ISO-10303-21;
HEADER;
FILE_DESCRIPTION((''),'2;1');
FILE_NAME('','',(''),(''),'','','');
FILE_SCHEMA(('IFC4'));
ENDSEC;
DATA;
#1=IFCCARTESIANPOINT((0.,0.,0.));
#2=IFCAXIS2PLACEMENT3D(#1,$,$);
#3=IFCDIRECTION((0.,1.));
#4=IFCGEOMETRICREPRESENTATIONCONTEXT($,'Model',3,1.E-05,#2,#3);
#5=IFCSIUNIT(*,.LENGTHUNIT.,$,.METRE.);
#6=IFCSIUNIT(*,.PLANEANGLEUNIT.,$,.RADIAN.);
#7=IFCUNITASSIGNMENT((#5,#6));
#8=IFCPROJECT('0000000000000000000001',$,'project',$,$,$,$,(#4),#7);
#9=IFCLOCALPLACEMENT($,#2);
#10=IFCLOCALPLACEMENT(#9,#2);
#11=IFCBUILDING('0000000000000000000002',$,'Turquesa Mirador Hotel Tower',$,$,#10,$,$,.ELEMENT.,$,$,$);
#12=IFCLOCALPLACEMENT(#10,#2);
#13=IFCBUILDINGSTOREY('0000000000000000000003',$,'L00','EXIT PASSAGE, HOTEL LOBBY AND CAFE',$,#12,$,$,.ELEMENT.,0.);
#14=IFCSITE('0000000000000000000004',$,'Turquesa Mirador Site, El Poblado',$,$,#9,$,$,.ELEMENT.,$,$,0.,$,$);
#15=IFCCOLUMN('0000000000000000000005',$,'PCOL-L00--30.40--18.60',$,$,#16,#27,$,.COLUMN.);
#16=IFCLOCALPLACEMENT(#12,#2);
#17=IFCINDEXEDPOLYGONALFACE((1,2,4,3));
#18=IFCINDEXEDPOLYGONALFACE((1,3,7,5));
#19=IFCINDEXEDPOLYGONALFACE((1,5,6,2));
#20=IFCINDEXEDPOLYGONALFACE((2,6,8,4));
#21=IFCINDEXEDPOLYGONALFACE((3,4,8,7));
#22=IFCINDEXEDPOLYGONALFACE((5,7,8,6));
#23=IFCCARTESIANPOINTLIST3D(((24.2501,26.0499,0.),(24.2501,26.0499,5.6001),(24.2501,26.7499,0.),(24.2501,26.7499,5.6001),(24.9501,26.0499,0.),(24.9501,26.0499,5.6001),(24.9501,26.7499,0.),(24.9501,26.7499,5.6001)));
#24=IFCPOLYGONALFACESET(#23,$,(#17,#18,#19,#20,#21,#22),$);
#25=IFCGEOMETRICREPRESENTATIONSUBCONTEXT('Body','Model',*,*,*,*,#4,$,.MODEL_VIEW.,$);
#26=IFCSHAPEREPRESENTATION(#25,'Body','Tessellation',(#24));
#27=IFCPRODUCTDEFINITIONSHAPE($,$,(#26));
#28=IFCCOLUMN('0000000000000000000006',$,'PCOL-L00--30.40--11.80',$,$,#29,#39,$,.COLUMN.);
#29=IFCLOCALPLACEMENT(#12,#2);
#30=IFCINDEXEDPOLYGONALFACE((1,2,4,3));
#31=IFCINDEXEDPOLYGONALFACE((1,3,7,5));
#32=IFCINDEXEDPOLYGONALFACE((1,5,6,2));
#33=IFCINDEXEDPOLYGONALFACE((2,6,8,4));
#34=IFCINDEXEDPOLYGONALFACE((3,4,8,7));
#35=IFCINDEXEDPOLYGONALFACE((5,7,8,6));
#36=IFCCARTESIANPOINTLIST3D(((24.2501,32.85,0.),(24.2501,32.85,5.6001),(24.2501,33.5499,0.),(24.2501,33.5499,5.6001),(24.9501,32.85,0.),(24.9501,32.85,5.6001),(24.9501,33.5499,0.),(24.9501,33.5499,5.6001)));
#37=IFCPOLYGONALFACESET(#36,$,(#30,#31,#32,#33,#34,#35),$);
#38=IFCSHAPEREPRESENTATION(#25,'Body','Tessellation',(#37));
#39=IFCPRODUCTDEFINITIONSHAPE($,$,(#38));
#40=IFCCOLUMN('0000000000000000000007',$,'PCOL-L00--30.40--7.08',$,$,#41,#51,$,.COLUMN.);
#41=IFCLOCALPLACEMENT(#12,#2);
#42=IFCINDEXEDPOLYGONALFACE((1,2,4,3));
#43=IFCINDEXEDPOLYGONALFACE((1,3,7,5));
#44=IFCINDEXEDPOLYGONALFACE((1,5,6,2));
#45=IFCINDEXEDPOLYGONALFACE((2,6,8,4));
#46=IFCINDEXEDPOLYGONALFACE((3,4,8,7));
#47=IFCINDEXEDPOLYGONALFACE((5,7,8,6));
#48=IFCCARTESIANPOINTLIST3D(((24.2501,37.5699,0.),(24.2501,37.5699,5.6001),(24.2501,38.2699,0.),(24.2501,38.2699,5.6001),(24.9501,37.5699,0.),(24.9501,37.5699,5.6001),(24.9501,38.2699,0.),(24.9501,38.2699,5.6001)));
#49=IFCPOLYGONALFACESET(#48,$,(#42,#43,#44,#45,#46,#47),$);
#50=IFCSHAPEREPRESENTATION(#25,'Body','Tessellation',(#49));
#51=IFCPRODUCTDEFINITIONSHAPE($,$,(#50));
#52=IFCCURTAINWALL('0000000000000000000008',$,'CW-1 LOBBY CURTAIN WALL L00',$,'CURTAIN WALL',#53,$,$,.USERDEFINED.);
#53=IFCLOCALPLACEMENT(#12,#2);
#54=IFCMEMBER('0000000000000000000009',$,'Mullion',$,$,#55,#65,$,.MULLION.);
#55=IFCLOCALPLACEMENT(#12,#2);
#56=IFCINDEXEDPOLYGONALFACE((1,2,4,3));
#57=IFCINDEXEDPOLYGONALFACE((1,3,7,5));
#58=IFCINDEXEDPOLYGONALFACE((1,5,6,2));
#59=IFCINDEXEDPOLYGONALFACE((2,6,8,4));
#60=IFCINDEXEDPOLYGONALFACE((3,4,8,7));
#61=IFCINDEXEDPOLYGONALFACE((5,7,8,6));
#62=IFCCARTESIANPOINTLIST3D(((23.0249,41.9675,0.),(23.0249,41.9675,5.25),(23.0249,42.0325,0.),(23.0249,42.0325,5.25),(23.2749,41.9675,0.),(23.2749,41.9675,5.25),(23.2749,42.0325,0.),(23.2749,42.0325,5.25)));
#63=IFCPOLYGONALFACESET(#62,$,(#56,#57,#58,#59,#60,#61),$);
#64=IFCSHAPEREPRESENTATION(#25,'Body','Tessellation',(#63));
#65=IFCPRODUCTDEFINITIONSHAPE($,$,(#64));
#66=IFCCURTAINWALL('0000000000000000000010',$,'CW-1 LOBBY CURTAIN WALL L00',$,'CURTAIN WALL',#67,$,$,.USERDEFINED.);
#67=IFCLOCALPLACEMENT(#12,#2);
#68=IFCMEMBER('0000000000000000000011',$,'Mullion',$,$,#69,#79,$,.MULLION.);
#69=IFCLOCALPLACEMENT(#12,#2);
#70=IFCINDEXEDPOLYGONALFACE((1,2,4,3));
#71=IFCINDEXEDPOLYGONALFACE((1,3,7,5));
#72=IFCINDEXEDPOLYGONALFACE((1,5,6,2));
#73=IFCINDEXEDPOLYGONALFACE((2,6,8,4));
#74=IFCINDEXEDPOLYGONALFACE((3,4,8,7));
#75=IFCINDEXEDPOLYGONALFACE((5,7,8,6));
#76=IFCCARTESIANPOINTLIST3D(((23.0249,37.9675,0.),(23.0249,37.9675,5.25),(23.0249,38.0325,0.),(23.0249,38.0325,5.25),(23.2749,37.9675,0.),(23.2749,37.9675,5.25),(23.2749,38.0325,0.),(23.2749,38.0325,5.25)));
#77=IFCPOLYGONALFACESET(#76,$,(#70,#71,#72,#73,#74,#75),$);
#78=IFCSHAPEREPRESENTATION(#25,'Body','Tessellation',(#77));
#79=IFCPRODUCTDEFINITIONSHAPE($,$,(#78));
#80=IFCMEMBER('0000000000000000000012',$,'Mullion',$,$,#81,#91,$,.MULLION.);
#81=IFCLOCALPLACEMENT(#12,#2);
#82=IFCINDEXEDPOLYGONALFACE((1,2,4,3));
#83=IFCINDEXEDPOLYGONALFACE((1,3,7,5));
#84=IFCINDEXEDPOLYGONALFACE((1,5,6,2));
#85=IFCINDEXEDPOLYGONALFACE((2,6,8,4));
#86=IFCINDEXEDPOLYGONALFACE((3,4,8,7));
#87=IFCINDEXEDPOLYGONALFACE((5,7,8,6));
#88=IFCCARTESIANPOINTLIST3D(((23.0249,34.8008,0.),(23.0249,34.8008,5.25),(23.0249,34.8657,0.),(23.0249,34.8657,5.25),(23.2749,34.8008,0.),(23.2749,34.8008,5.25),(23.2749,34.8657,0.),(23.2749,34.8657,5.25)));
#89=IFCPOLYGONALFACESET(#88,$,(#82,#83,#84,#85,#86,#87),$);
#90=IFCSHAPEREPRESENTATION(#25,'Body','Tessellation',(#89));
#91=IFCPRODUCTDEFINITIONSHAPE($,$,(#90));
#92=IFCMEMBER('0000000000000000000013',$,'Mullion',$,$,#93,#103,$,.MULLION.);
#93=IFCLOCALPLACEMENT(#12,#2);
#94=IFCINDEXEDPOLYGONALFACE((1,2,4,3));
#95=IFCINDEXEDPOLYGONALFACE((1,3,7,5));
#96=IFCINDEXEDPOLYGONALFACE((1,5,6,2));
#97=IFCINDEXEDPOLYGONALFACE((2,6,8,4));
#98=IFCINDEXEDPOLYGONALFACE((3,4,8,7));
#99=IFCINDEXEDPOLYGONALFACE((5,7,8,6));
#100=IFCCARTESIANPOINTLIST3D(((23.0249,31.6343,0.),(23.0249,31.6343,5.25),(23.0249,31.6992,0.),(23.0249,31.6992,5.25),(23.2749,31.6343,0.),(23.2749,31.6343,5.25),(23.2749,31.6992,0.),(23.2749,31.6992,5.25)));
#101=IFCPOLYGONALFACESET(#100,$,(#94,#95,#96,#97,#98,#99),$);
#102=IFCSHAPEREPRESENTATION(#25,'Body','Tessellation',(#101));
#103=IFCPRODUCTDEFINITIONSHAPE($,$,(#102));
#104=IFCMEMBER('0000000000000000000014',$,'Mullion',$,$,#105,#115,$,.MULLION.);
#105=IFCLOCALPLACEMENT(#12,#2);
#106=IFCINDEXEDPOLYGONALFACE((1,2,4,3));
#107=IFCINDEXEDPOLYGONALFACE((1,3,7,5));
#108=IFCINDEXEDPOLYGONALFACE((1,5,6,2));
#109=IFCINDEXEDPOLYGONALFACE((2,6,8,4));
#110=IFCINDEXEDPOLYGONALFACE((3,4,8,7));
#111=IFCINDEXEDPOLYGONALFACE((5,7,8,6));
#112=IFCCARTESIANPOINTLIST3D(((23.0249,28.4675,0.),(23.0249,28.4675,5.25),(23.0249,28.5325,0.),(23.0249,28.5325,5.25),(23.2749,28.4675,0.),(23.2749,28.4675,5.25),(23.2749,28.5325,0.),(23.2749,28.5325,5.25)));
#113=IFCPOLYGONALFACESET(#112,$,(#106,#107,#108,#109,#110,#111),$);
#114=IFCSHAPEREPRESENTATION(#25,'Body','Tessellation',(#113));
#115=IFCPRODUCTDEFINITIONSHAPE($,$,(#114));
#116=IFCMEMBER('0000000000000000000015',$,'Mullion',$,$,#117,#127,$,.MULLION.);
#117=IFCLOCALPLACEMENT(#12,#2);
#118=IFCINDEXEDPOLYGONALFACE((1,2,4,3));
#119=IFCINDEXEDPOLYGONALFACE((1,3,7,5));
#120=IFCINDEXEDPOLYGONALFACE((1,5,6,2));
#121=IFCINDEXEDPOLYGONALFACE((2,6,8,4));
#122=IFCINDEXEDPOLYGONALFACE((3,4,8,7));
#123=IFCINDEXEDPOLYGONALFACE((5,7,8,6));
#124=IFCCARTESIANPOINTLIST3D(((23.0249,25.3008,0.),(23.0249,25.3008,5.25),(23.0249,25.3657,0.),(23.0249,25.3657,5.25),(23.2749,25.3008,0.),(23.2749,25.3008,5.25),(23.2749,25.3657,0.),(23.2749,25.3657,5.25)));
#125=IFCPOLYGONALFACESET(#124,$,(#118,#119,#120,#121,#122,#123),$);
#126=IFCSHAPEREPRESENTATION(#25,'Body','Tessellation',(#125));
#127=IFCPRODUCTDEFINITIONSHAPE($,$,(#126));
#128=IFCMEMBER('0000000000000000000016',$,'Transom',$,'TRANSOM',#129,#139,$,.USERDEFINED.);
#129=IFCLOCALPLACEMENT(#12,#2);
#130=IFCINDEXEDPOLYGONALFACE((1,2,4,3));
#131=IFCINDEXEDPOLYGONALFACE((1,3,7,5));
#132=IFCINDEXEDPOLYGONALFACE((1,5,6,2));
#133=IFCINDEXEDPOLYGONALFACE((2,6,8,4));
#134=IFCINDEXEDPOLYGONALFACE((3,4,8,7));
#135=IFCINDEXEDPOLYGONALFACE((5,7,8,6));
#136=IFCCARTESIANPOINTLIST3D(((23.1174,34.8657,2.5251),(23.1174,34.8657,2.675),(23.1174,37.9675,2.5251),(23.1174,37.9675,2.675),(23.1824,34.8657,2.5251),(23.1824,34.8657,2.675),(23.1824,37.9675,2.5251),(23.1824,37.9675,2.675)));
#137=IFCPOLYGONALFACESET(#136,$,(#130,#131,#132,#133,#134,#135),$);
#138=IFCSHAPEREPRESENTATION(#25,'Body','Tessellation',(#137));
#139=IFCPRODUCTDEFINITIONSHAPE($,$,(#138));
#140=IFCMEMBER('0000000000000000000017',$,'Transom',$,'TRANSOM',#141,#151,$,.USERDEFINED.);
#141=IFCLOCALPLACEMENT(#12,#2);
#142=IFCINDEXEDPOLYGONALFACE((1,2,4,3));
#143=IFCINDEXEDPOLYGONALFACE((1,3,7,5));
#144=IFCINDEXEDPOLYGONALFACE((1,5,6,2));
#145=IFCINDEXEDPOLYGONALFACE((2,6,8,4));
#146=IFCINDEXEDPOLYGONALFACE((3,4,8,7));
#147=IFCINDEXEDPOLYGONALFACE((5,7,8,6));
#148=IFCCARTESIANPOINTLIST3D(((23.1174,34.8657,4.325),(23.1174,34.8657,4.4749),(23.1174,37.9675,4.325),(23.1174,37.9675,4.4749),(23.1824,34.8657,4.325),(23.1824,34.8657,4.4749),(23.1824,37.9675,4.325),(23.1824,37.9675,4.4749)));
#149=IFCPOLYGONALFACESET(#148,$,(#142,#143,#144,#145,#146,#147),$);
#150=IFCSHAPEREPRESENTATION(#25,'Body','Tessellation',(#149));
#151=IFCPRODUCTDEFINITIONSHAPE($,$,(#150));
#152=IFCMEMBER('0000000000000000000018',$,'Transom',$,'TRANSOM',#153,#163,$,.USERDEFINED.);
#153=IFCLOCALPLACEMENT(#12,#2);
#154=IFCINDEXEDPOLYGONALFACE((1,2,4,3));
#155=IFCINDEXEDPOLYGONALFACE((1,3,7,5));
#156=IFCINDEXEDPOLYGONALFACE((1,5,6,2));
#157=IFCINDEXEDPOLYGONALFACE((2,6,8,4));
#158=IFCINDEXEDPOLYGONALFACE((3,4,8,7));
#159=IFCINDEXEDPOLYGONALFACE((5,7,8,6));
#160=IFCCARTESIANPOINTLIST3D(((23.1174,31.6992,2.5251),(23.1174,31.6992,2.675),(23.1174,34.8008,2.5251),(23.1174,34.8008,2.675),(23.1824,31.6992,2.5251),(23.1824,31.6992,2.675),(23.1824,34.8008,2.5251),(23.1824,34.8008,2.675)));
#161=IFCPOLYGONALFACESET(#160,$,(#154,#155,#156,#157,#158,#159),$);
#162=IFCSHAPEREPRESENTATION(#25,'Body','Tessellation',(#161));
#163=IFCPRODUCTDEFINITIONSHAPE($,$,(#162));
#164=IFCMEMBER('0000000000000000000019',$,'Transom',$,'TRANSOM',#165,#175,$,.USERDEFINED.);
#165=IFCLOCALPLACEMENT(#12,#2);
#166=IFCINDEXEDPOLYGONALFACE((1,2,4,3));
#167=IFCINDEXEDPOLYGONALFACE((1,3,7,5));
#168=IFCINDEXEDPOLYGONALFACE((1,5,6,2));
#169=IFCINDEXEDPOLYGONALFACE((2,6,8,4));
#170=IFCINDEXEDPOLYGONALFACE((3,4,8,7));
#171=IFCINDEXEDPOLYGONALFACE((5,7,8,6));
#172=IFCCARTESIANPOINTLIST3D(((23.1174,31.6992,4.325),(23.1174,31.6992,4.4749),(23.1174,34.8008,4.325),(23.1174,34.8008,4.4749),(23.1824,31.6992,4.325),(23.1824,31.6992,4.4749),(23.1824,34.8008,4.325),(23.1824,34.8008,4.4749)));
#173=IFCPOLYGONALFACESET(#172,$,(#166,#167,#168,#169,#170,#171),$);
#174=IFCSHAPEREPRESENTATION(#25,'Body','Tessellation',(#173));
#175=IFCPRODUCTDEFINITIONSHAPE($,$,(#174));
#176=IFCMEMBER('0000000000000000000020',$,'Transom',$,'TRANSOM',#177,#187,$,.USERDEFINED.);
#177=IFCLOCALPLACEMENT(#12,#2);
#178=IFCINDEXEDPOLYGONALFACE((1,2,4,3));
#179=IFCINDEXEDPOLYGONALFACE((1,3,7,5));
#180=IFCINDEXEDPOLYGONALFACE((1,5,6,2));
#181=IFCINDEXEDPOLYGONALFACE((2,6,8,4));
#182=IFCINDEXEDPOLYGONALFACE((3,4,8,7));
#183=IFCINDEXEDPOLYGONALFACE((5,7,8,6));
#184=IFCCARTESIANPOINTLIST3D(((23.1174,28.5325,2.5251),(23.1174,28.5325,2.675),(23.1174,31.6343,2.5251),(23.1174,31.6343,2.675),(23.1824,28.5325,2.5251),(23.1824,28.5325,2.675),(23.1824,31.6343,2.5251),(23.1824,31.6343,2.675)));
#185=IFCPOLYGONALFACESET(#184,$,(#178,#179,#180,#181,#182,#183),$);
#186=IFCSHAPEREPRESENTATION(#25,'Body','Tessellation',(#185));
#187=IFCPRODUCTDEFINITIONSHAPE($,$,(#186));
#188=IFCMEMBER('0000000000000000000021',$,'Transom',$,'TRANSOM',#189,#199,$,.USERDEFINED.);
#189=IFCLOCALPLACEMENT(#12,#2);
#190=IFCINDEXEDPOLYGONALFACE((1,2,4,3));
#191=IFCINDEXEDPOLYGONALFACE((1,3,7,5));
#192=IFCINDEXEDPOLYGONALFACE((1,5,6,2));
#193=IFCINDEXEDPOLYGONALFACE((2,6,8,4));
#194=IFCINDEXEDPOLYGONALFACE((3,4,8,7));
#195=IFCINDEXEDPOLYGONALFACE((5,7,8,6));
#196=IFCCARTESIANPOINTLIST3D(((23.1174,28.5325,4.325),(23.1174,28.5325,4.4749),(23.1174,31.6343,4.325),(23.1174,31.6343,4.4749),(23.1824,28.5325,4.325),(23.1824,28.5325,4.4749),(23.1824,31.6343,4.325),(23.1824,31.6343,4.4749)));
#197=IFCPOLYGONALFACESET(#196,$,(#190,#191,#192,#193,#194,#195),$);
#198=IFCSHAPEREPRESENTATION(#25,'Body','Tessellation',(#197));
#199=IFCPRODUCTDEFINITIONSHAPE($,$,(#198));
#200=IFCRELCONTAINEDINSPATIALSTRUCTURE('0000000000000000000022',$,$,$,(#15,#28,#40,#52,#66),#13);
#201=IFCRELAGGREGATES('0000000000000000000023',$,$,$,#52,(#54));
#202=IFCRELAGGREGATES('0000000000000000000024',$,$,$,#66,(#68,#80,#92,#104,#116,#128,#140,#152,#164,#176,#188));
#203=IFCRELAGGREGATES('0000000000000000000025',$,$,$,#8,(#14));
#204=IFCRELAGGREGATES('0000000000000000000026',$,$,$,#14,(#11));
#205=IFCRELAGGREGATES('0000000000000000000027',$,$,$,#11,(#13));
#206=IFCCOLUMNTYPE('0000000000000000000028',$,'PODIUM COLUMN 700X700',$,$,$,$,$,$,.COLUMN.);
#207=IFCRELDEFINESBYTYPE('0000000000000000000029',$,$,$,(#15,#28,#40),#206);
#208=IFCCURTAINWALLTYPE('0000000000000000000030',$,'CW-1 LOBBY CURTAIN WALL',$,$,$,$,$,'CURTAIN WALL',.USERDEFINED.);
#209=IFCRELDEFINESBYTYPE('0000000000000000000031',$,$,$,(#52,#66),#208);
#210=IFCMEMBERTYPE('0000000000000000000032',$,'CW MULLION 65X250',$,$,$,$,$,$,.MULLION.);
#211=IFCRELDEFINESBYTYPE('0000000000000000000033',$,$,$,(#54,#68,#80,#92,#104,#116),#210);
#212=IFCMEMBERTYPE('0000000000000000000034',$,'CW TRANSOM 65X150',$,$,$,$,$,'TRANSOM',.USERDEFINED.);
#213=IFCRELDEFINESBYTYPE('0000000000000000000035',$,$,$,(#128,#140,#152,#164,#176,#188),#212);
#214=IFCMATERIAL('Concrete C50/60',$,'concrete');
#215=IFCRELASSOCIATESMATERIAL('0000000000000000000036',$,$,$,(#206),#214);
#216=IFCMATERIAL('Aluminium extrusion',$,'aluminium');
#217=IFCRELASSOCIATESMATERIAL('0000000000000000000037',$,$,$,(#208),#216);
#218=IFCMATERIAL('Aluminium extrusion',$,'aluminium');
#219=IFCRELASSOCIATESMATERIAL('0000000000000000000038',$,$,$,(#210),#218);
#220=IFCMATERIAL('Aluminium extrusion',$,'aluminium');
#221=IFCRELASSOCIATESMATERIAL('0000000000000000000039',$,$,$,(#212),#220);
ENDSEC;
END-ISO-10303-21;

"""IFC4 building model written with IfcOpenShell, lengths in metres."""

from ifc_helpers import new_model, si_unit, direction, frame, origin, origin_2d, place, context, subcontext, project, spatial, rectangle, extrude, material, material_profile, profile_set, type_object, element, aggregate, save


model = new_model("IFC4")

# Units and contexts
model_context = context("Model", 3, precision=1e-05, world=origin(), true_north=direction((0.0, 1.0)))
body_context = subcontext(model_context, "Body", "Model", "MODEL_VIEW")
ifc_project = project(units=[si_unit("LENGTHUNIT", "METRE"), si_unit("PLANEANGLEUNIT", "RADIAN")], contexts=[model_context])

# Site, building, storey
site_placement = place(None, origin())
site = spatial("IfcSite", under=ifc_project, at=site_placement, Name="Turquesa Mirador Site, El Poblado", CompositionType="ELEMENT", RefElevation=0.0)
building_placement = place(site_placement, origin())
building = spatial("IfcBuilding", under=site, at=building_placement, Name="Turquesa Mirador Hotel Tower", CompositionType="ELEMENT")
storey_placement = place(building_placement, origin())
storey = spatial("IfcBuildingStorey", under=building, at=storey_placement, Name="L00", Description="EXIT PASSAGE, HOTEL LOBBY AND CAFE", CompositionType="ELEMENT", Elevation=0.0)

# Columns
ifc_material_1 = material(Name="Concrete C50/60", Category="concrete")
ifc_material_profile_1 = material_profile(ifc_material_1, rectangle(XDim=0.7, YDim=0.7, at=origin_2d()), Name="RC 700X700")
ifc_profile_set_1 = profile_set([ifc_material_profile_1], Name="Concrete C50/60")
column_type = type_object("IfcColumnType", Name="PODIUM COLUMN 700X700", PredefinedType="COLUMN", material=ifc_profile_set_1)
for number, where, z_axis, x_axis, name in (
    (1, (24.6001, 26.3999, 0.0), (0.0, 0.0, 1.0), (1.0, 0.0, 0.0), "PCOL-L00--30.40--18.60"),
    (2, (24.6001, 33.2, 0.0), (0.0, 0.0, 1.0), (1.0, 0.0, 0.0), "PCOL-L00--30.40--11.80"),
    (3, (24.6001, 37.9199, 0.0), (0.0, 0.0, 1.0), (1.0, 0.0, 0.0), "PCOL-L00--30.40--7.08"),
):
    element("IfcColumn", number, at=place(storey_placement, frame(where, z_axis=z_axis, x_axis=x_axis)), inside=storey, type_object=column_type, Name=name, PredefinedType="COLUMN", context=body_context, shape_type="SweptSolid", body=[
        extrude(rectangle(XDim=0.7, YDim=0.7, at=origin_2d()), origin(), (0.0, 0.0, 1.0), 5.6001),
    ])

# Curtain wall, member
ifc_material_2 = material(Name="Aluminium extrusion", Category="aluminium")
curtain_wall_type = type_object("IfcCurtainWallType", Name="CW-1 LOBBY CURTAIN WALL", ElementType="CURTAIN WALL", PredefinedType="USERDEFINED", material=ifc_material_2)
curtain_wall_1_placement = place(storey_placement, origin())
curtain_wall_1 = element("IfcCurtainWall", 4, at=curtain_wall_1_placement, inside=storey, type_object=curtain_wall_type, Name="CW-1 LOBBY CURTAIN WALL L00", ObjectType="CURTAIN WALL", PredefinedType="USERDEFINED")
ifc_material_3 = material(Name="Aluminium extrusion", Category="aluminium")
ifc_material_profile_2 = material_profile(ifc_material_3, rectangle(XDim=0.0649, YDim=0.25, at=origin_2d()), Name="MULLION 65X250")
ifc_profile_set_2 = profile_set([ifc_material_profile_2], Name="Aluminium extrusion")
member_type_1 = type_object("IfcMemberType", Name="CW MULLION 65X250", PredefinedType="MULLION", material=ifc_profile_set_2)
member_1_placement = place(storey_placement, frame((23.1499, 42.0, 0.0), z_axis=(0.0, 0.0, 1.0), x_axis=(0.0, -1.0, 0.0)))
member_1 = element("IfcMember", 5, at=member_1_placement, type_object=member_type_1, Name="Mullion", PredefinedType="MULLION", context=body_context, shape_type="SweptSolid", body=[
    extrude(rectangle(XDim=0.0649, YDim=0.25, at=origin_2d()), origin(), (0.0, 0.0, 1.0), 5.25),
])

# Curtain wall, members
curtain_wall_2_placement = place(storey_placement, origin())
curtain_wall_2 = element("IfcCurtainWall", 6, at=curtain_wall_2_placement, inside=storey, type_object=curtain_wall_type, Name="CW-1 LOBBY CURTAIN WALL L00", ObjectType="CURTAIN WALL", PredefinedType="USERDEFINED")
member_2_placement = place(storey_placement, frame((23.1499, 38.0, 0.0), z_axis=(0.0, 0.0, 1.0), x_axis=(0.0, -1.0, 0.0)))
member_2 = element("IfcMember", 7, at=member_2_placement, type_object=member_type_1, Name="Mullion", PredefinedType="MULLION", context=body_context, shape_type="SweptSolid", body=[
    extrude(rectangle(XDim=0.0649, YDim=0.25, at=origin_2d()), origin(), (0.0, 0.0, 1.0), 5.25),
])
member_3_placement = place(storey_placement, frame((23.1499, 34.8333, 0.0), z_axis=(0.0, 0.0, 1.0), x_axis=(0.0, -1.0, 0.0)))
member_3 = element("IfcMember", 8, at=member_3_placement, type_object=member_type_1, Name="Mullion", PredefinedType="MULLION", context=body_context, shape_type="SweptSolid", body=[
    extrude(rectangle(XDim=0.0649, YDim=0.25, at=origin_2d()), origin(), (0.0, 0.0, 1.0), 5.25),
])
member_4_placement = place(storey_placement, frame((23.1499, 31.6667, 0.0), z_axis=(0.0, 0.0, 1.0), x_axis=(0.0, -1.0, 0.0)))
member_4 = element("IfcMember", 9, at=member_4_placement, type_object=member_type_1, Name="Mullion", PredefinedType="MULLION", context=body_context, shape_type="SweptSolid", body=[
    extrude(rectangle(XDim=0.0649, YDim=0.25, at=origin_2d()), origin(), (0.0, 0.0, 1.0), 5.25),
])
member_5_placement = place(storey_placement, frame((23.1499, 28.5, 0.0), z_axis=(0.0, 0.0, 1.0), x_axis=(0.0, -1.0, 0.0)))
member_5 = element("IfcMember", 10, at=member_5_placement, type_object=member_type_1, Name="Mullion", PredefinedType="MULLION", context=body_context, shape_type="SweptSolid", body=[
    extrude(rectangle(XDim=0.0649, YDim=0.25, at=origin_2d()), origin(), (0.0, 0.0, 1.0), 5.25),
])
member_6_placement = place(storey_placement, frame((23.1499, 25.3333, 0.0), z_axis=(0.0, 0.0, 1.0), x_axis=(0.0, -1.0, 0.0)))
member_6 = element("IfcMember", 11, at=member_6_placement, type_object=member_type_1, Name="Mullion", PredefinedType="MULLION", context=body_context, shape_type="SweptSolid", body=[
    extrude(rectangle(XDim=0.0649, YDim=0.25, at=origin_2d()), origin(), (0.0, 0.0, 1.0), 5.25),
])
ifc_material_4 = material(Name="Aluminium extrusion", Category="aluminium")
ifc_material_profile_3 = material_profile(ifc_material_4, rectangle(XDim=0.0649, YDim=0.1499, at=origin_2d()), Name="TRANSOM 65X150")
ifc_profile_set_3 = profile_set([ifc_material_profile_3], Name="Aluminium extrusion")
member_type_2 = type_object("IfcMemberType", Name="CW TRANSOM 65X150", ElementType="TRANSOM", PredefinedType="USERDEFINED", material=ifc_profile_set_3)
member_7_placement = place(storey_placement, frame((23.1499, 37.9675, 2.6001), z_axis=(0.0, -1.0, 0.0), x_axis=(1.0, 0.0, 0.0)))
member_7 = element("IfcMember", 12, at=member_7_placement, type_object=member_type_2, Name="Transom", ObjectType="TRANSOM", PredefinedType="USERDEFINED", context=body_context, shape_type="SweptSolid", body=[
    extrude(rectangle(XDim=0.0649, YDim=0.1499, at=origin_2d()), origin(), (0.0, 0.0, 1.0), 3.1018),
])
member_8_placement = place(storey_placement, frame((23.1499, 37.9675, 4.3999), z_axis=(0.0, -1.0, 0.0), x_axis=(1.0, 0.0, 0.0)))
member_8 = element("IfcMember", 13, at=member_8_placement, type_object=member_type_2, Name="Transom", ObjectType="TRANSOM", PredefinedType="USERDEFINED", context=body_context, shape_type="SweptSolid", body=[
    extrude(rectangle(XDim=0.0649, YDim=0.1499, at=origin_2d()), origin(), (0.0, 0.0, 1.0), 3.1018),
])
member_9_placement = place(storey_placement, frame((23.1499, 34.8008, 2.6001), z_axis=(0.0, -1.0, 0.0), x_axis=(1.0, 0.0, 0.0)))
member_9 = element("IfcMember", 14, at=member_9_placement, type_object=member_type_2, Name="Transom", ObjectType="TRANSOM", PredefinedType="USERDEFINED", context=body_context, shape_type="SweptSolid", body=[
    extrude(rectangle(XDim=0.0649, YDim=0.1499, at=origin_2d()), origin(), (0.0, 0.0, 1.0), 3.1016),
])
member_10_placement = place(storey_placement, frame((23.1499, 34.8008, 4.3999), z_axis=(0.0, -1.0, 0.0), x_axis=(1.0, 0.0, 0.0)))
member_10 = element("IfcMember", 15, at=member_10_placement, type_object=member_type_2, Name="Transom", ObjectType="TRANSOM", PredefinedType="USERDEFINED", context=body_context, shape_type="SweptSolid", body=[
    extrude(rectangle(XDim=0.0649, YDim=0.1499, at=origin_2d()), origin(), (0.0, 0.0, 1.0), 3.1016),
])
member_11_placement = place(storey_placement, frame((23.1499, 31.6343, 2.6001), z_axis=(0.0, -1.0, 0.0), x_axis=(1.0, 0.0, 0.0)))
member_11 = element("IfcMember", 16, at=member_11_placement, type_object=member_type_2, Name="Transom", ObjectType="TRANSOM", PredefinedType="USERDEFINED", context=body_context, shape_type="SweptSolid", body=[
    extrude(rectangle(XDim=0.0649, YDim=0.1499, at=origin_2d()), origin(), (0.0, 0.0, 1.0), 3.1018),
])
member_12_placement = place(storey_placement, frame((23.1499, 31.6343, 4.3999), z_axis=(0.0, -1.0, 0.0), x_axis=(1.0, 0.0, 0.0)))
member_12 = element("IfcMember", 17, at=member_12_placement, type_object=member_type_2, Name="Transom", ObjectType="TRANSOM", PredefinedType="USERDEFINED", context=body_context, shape_type="SweptSolid", body=[
    extrude(rectangle(XDim=0.0649, YDim=0.1499, at=origin_2d()), origin(), (0.0, 0.0, 1.0), 3.1018),
])

aggregate(curtain_wall_1, [member_1])
aggregate(curtain_wall_2, [member_2, member_3, member_4, member_5, member_6, member_7, member_8, member_9, member_10, member_11, member_12])

save(model, "model.ifc")
